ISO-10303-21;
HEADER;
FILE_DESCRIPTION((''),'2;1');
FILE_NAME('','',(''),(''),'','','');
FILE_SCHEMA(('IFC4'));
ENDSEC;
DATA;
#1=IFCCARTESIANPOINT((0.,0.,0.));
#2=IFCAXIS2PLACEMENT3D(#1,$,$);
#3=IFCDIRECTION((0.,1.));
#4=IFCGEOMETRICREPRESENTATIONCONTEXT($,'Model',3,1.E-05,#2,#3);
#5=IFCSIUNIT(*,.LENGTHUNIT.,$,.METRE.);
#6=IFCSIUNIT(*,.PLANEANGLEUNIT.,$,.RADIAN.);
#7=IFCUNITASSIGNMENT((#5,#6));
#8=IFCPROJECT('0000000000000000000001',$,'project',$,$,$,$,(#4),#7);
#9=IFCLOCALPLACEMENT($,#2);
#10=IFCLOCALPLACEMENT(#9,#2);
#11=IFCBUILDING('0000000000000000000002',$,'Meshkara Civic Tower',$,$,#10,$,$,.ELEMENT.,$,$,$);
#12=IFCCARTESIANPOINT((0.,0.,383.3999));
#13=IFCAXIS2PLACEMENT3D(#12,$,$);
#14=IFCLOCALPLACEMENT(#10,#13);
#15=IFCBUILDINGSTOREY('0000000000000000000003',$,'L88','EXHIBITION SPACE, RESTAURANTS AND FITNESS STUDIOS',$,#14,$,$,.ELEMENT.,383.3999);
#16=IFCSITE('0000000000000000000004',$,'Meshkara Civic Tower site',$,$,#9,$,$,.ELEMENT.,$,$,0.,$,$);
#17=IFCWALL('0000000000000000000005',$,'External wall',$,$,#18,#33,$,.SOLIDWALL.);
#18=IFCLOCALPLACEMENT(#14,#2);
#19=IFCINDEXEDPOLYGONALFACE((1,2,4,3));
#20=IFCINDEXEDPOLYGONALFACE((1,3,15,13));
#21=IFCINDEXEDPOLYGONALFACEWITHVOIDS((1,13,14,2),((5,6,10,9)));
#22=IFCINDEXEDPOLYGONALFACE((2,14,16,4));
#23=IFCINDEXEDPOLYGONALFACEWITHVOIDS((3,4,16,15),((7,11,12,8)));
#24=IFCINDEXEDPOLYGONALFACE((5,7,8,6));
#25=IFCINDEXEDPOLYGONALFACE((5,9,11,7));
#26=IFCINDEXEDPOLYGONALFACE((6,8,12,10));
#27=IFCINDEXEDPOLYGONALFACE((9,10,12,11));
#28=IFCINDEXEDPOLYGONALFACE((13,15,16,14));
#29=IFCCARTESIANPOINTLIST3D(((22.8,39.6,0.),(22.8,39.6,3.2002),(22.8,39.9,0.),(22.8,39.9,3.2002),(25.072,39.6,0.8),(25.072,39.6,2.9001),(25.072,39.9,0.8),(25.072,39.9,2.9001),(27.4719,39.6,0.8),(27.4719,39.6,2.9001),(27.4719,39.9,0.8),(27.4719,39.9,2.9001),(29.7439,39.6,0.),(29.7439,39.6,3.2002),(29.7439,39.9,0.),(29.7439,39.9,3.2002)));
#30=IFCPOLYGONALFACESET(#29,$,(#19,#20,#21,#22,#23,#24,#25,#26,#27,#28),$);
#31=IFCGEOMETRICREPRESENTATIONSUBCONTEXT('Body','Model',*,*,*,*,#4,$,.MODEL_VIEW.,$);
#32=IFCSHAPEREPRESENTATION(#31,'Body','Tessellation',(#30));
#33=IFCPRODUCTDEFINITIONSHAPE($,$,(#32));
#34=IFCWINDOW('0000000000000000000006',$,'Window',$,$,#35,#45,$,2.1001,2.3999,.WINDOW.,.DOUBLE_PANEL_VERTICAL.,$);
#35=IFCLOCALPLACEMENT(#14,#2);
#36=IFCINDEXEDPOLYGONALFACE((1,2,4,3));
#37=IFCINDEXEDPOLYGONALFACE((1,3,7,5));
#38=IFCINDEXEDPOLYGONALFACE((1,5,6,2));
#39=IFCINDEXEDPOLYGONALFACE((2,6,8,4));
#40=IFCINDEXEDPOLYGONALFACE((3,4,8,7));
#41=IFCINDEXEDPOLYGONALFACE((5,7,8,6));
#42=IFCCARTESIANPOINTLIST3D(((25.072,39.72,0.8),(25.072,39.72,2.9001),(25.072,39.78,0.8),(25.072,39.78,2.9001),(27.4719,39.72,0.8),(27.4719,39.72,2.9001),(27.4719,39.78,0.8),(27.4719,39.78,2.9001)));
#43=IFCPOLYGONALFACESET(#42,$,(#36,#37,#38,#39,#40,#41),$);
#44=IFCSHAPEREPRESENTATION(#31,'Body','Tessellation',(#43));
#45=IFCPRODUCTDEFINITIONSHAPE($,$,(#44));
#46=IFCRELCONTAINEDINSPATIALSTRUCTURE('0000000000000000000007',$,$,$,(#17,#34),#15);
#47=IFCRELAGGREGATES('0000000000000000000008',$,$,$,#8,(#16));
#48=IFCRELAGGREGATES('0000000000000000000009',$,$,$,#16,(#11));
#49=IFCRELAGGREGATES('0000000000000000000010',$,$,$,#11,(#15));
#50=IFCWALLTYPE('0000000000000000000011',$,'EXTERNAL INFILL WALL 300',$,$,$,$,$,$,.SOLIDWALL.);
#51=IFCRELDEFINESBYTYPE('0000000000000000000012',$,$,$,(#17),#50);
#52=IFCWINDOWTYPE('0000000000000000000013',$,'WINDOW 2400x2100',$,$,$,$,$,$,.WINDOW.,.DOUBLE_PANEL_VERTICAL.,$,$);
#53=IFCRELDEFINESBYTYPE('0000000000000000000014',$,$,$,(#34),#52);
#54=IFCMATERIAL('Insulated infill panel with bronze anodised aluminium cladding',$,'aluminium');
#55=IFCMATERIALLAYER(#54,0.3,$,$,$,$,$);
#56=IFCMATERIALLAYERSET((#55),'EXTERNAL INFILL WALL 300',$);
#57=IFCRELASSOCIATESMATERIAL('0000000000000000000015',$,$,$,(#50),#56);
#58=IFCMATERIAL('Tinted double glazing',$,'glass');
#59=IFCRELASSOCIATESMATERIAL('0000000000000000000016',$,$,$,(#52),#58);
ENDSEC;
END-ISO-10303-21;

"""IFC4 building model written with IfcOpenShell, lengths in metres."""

from ifc_helpers import new_model, si_unit, direction, frame, frame_2d, origin, place, context, subcontext, project, spatial, rectangle, extrude, material, layer, layer_set, type_object, element, fill, save


model = new_model("IFC4")

# Units and contexts
model_context = context("Model", 3, precision=1e-05, world=origin(), true_north=direction((0.0, 1.0)))
body_context = subcontext(model_context, "Body", "Model", "MODEL_VIEW")
ifc_project = project(units=[si_unit("LENGTHUNIT", "METRE"), si_unit("PLANEANGLEUNIT", "RADIAN")], contexts=[model_context])

# Site, building, storey
site_placement = place(None, origin())
site = spatial("IfcSite", under=ifc_project, at=site_placement, Name="Meshkara Civic Tower site", CompositionType="ELEMENT", RefElevation=0.0)
building_placement = place(site_placement, origin())
building = spatial("IfcBuilding", under=site, at=building_placement, Name="Meshkara Civic Tower", CompositionType="ELEMENT")
storey_placement = place(building_placement, frame((0.0, 0.0, 383.3999)))
storey = spatial("IfcBuildingStorey", under=building, at=storey_placement, Name="L88", Description="EXHIBITION SPACE, RESTAURANTS AND FITNESS STUDIOS", CompositionType="ELEMENT", Elevation=383.3999)

# Wall, opening, window
ifc_material_1 = material(Name="Insulated infill panel with bronze anodised aluminium cladding", Category="aluminium")
ifc_layer_1 = layer(ifc_material_1, 0.3)
ifc_layer_set_1 = layer_set([ifc_layer_1], Name="EXTERNAL INFILL WALL 300")
wall_type_1 = type_object("IfcWallType", Name="EXTERNAL INFILL WALL 300", PredefinedType="SOLIDWALL", material=ifc_layer_set_1)
ifc_material_2 = material(Name="Tinted double glazing", Category="glass")
window_type = type_object("IfcWindowType", Name="WINDOW 2400x2100", PartitioningType="DOUBLE_PANEL_VERTICAL", PredefinedType="WINDOW", material=ifc_material_2)
wall_1_placement = place(storey_placement, frame((29.7439, 39.75, 0.0), z_axis=(0.0, 0.0, 1.0), x_axis=(-1.0, 0.0, 0.0)))
wall_1 = element("IfcWall", 1, at=wall_1_placement, inside=storey, type_object=wall_type_1, Name="External wall", PredefinedType="SOLIDWALL", context=body_context, shape_type="SweptSolid", body=[
    extrude(rectangle(XDim=6.9438, YDim=0.3, at=frame_2d((3.4719, 0.0))), origin(), (0.0, 0.0, 1.0), 3.2002),
])
opening_1_placement = place(wall_1_placement, frame((2.272, 0.0, 0.8)))
opening_1 = element("IfcOpeningElement", 2, at=opening_1_placement, cuts=wall_1, PredefinedType="OPENING", context=body_context, shape_type="SweptSolid", body=[
    extrude(rectangle(XDim=2.3999, YDim=2.1001, at=frame_2d((1.2, 1.05))), frame((0.0, 0.1599, 0.0), z_axis=(0.0, -1.0, 0.0), x_axis=(1.0, 0.0, 0.0)), (0.0, 0.0, 1.0), 0.3201),
])
window_1_placement = place(opening_1_placement, origin())
window_1 = element("IfcWindow", 3, at=window_1_placement, inside=storey, type_object=window_type, Name="Window", OverallHeight=2.1001, OverallWidth=2.3999, PartitioningType="DOUBLE_PANEL_VERTICAL", PredefinedType="WINDOW", context=body_context, shape_type="SweptSolid", body=[
    extrude(rectangle(XDim=2.3999, YDim=2.1001, at=frame_2d((1.2, 1.05))), frame((0.0, 0.03, 0.0), z_axis=(0.0, -1.0, 0.0), x_axis=(1.0, 0.0, 0.0)), (0.0, 0.0, 1.0), 0.0601),
])
fill(opening_1, window_1)

save(model, "model.ifc")
